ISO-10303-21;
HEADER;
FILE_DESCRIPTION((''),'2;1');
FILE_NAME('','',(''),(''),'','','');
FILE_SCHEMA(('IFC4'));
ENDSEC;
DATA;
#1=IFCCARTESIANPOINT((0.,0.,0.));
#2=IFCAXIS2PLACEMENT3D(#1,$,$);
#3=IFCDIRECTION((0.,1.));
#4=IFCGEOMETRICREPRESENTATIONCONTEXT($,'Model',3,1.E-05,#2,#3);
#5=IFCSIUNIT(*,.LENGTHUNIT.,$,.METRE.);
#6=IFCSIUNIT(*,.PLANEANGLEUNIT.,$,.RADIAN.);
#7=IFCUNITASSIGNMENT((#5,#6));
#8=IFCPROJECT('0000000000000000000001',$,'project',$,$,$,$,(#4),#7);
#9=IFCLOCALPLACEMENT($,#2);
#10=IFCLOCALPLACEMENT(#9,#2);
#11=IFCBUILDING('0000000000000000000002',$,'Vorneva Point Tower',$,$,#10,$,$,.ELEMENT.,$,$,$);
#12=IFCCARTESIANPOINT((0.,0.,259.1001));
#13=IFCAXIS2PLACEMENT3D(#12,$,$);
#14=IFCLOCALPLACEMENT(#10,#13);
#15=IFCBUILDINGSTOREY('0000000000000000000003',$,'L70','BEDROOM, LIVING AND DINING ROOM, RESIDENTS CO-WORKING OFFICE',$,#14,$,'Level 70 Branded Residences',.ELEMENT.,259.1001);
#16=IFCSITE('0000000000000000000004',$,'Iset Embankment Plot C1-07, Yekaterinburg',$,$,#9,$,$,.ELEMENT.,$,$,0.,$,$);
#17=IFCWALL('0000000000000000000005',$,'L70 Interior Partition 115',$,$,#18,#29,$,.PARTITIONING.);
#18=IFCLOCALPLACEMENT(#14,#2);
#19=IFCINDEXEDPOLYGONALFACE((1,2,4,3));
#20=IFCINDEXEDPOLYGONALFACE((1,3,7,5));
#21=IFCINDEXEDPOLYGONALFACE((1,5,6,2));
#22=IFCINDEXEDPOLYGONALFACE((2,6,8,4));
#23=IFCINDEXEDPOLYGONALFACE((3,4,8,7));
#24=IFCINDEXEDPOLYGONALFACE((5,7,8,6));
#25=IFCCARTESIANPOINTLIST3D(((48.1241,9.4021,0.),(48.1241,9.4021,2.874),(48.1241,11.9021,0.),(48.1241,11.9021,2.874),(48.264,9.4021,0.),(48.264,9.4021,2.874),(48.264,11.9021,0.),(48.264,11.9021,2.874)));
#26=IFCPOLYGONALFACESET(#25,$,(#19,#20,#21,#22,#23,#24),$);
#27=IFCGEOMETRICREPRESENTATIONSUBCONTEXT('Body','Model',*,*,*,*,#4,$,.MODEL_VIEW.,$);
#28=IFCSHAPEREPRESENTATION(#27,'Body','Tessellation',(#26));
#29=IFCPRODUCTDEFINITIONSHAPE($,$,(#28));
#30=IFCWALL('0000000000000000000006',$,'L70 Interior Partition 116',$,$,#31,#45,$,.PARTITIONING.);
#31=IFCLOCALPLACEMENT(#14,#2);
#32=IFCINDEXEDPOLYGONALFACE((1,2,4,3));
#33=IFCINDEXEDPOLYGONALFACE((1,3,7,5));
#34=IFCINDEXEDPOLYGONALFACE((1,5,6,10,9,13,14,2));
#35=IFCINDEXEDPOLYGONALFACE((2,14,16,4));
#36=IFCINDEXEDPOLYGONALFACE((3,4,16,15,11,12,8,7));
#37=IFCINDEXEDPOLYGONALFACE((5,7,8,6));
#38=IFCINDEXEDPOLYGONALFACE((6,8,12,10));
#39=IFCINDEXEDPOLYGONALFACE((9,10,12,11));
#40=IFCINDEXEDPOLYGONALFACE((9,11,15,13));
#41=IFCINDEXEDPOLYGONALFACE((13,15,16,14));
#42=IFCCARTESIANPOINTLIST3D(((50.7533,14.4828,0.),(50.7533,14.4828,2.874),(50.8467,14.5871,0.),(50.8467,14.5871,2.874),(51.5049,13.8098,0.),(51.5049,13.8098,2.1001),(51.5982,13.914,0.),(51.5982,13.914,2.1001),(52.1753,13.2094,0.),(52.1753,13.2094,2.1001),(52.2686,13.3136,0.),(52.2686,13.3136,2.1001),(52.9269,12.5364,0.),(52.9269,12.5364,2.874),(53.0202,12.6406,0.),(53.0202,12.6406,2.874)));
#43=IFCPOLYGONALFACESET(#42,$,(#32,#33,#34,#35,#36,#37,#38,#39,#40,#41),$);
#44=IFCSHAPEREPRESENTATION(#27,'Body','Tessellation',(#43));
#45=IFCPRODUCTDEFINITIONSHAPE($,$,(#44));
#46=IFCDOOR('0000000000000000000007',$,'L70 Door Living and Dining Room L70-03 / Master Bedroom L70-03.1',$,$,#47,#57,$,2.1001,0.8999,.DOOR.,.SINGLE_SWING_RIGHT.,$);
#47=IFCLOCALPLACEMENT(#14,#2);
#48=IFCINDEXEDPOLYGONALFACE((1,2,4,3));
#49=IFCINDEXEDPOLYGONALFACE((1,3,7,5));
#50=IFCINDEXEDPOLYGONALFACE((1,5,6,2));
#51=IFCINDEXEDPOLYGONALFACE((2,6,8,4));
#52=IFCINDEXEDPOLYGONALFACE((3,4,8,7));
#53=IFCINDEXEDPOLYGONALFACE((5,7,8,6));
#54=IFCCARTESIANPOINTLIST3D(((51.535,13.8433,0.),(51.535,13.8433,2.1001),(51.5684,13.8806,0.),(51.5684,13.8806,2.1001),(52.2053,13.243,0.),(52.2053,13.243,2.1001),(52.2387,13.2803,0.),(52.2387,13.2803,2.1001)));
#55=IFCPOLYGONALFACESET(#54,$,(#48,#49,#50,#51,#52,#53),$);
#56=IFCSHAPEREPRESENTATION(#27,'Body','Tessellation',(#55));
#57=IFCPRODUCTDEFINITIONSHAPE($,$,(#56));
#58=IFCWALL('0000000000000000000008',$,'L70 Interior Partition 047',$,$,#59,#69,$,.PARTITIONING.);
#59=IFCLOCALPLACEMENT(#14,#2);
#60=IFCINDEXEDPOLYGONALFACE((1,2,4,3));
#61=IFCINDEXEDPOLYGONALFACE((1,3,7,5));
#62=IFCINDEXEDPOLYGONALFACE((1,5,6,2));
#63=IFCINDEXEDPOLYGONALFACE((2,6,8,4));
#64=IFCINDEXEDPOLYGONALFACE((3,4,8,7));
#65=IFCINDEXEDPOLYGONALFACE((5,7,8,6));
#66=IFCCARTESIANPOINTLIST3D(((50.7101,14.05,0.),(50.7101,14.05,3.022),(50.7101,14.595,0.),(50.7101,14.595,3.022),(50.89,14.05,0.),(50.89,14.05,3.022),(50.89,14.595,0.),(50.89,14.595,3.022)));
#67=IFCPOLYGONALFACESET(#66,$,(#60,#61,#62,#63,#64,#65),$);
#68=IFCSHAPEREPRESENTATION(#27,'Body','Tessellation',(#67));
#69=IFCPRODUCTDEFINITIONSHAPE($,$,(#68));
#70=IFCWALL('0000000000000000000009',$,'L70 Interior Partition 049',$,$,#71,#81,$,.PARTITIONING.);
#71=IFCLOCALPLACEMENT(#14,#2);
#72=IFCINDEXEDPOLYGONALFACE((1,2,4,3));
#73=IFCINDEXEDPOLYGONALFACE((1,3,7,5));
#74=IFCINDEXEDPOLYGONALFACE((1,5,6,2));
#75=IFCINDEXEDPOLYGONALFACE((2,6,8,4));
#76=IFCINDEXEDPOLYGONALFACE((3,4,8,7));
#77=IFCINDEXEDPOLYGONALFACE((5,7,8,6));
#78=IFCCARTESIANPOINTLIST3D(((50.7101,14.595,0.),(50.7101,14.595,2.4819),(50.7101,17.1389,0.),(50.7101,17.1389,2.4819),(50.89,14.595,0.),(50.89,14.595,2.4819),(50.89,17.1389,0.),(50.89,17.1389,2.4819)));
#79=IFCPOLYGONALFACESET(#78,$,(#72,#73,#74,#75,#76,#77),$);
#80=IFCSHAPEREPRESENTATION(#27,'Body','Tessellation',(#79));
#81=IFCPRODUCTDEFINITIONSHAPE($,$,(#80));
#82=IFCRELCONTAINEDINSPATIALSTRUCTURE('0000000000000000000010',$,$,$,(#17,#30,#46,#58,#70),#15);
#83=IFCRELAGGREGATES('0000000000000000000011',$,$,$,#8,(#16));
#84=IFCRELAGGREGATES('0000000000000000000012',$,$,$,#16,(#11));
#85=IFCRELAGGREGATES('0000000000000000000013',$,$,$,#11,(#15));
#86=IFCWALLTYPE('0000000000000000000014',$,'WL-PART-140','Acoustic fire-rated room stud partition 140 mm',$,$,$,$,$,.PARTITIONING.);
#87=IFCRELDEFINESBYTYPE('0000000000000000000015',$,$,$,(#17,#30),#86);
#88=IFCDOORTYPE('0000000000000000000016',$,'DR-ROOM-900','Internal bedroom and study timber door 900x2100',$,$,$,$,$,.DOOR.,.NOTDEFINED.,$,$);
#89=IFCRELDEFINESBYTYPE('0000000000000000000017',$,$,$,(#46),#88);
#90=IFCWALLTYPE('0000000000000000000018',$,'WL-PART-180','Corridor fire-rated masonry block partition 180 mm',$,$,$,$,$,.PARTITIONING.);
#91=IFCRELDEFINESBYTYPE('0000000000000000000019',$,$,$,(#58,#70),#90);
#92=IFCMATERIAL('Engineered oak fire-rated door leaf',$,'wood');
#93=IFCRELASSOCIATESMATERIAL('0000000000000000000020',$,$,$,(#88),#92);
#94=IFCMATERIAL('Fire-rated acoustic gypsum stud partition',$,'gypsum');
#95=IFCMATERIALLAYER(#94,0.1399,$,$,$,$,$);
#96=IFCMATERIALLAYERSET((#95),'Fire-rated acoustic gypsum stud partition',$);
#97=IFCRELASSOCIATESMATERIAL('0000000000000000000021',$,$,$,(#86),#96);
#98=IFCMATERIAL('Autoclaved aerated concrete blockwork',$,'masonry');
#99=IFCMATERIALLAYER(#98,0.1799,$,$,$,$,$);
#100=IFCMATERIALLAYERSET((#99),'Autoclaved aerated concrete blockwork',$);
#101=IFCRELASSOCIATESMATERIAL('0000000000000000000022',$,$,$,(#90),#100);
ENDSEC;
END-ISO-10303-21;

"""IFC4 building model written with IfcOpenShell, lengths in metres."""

from ifc_helpers import new_model, si_unit, direction, frame, frame_2d, origin, place, context, subcontext, project, spatial, rectangle, extrude, material, layer, layer_set, type_object, element, fill, save


model = new_model("IFC4")

# Units and contexts
model_context = context("Model", 3, precision=1e-05, world=origin(), true_north=direction((0.0, 1.0)))
body_context = subcontext(model_context, "Body", "Model", "MODEL_VIEW")
ifc_project = project(units=[si_unit("LENGTHUNIT", "METRE"), si_unit("PLANEANGLEUNIT", "RADIAN")], contexts=[model_context])

# Site, building, storey
site_placement = place(None, origin())
site = spatial("IfcSite", under=ifc_project, at=site_placement, Name="Iset Embankment Plot C1-07, Yekaterinburg", CompositionType="ELEMENT", RefElevation=0.0)
building_placement = place(site_placement, origin())
building = spatial("IfcBuilding", under=site, at=building_placement, Name="Vorneva Point Tower", CompositionType="ELEMENT")
storey_placement = place(building_placement, frame((0.0, 0.0, 259.1001)))
storey = spatial("IfcBuildingStorey", under=building, at=storey_placement, Name="L70", Description="BEDROOM, LIVING AND DINING ROOM, RESIDENTS CO-WORKING OFFICE", LongName="Level 70 Branded Residences", CompositionType="ELEMENT", Elevation=259.1001)

# Shared definitions
ifc_material_1 = material(Name="Fire-rated acoustic gypsum stud partition", Category="gypsum")
ifc_material_2 = material(Name="Engineered oak fire-rated door leaf", Category="wood")
door_type = type_object("IfcDoorType", Name="DR-ROOM-900", Description="Internal bedroom and study timber door 900x2100", OperationType="NOTDEFINED", PredefinedType="DOOR", material=ifc_material_2)

# Shared definitions
ifc_layer_1 = layer(ifc_material_1, 0.1399)
ifc_layer_set_1 = layer_set([ifc_layer_1], Name="Fire-rated acoustic gypsum stud partition")
wall_type_1 = type_object("IfcWallType", Name="WL-PART-140", Description="Acoustic fire-rated room stud partition 140 mm", PredefinedType="PARTITIONING", material=ifc_layer_set_1)

# Wall
wall_1_placement = place(storey_placement, frame((48.1941, 9.4021, 0.0), z_axis=(0.0, 0.0, 1.0), x_axis=(0.0, 1.0, 0.0)))
element("IfcWall", 1, at=wall_1_placement, inside=storey, type_object=wall_type_1, Name="L70 Interior Partition 115", PredefinedType="PARTITIONING", context=body_context, shape_type="SweptSolid", body=[
    extrude(rectangle(XDim=2.5, YDim=0.1399, at=frame_2d((1.25, 0.0))), origin(), (0.0, 0.0, 1.0), 2.874),
])

# Wall, opening, door
wall_2_placement = place(storey_placement, frame((52.9736, 12.5884, 0.0), z_axis=(0.0, 0.0, 1.0), x_axis=(-0.744944, 0.667127, 0.0)))
wall_2 = element("IfcWall", 2, at=wall_2_placement, inside=storey, type_object=wall_type_1, Name="L70 Interior Partition 116", PredefinedType="PARTITIONING", context=body_context, shape_type="SweptSolid", body=[
    extrude(rectangle(XDim=2.9177, YDim=0.1399, at=frame_2d((1.459, 0.0))), origin(), (0.0, 0.0, 1.0), 2.874),
])
opening_1_placement = place(wall_2_placement, frame((1.009, 0.0, 0.0)))
opening_1 = element("IfcOpeningElement", 3, at=opening_1_placement, cuts=wall_2, PredefinedType="OPENING", context=body_context, shape_type="SweptSolid", body=[
    extrude(rectangle(XDim=0.8999, YDim=2.1001, at=frame_2d((0.45, 1.05))), frame((0.0, 0.085, 0.0), z_axis=(0.0, -1.0, 0.0), x_axis=(1.0, 0.0, 0.0)), (0.0, 0.0, 1.0), 0.1697),
])
door_1_placement = place(opening_1_placement, origin())
door_1 = element("IfcDoor", 4, at=door_1_placement, inside=storey, type_object=door_type, Name="L70 Door Living and Dining Room L70-03 / Master Bedroom L70-03.1", OperationType="SINGLE_SWING_RIGHT", OverallHeight=2.1001, OverallWidth=0.8999, PredefinedType="DOOR", context=body_context, shape_type="SweptSolid", body=[
    extrude(rectangle(XDim=0.8999, YDim=2.1001, at=frame_2d((0.45, 1.05))), frame((0.0, 0.0249, 0.0), z_axis=(0.0, -1.0, 0.0), x_axis=(1.0, 0.0, 0.0)), (0.0, 0.0, 1.0), 0.05),
])
fill(opening_1, door_1)

# Walls
ifc_material_3 = material(Name="Autoclaved aerated concrete blockwork", Category="masonry")
ifc_layer_2 = layer(ifc_material_3, 0.1799)
ifc_layer_set_2 = layer_set([ifc_layer_2], Name="Autoclaved aerated concrete blockwork")
wall_type_2 = type_object("IfcWallType", Name="WL-PART-180", Description="Corridor fire-rated masonry block partition 180 mm", PredefinedType="PARTITIONING", material=ifc_layer_set_2)
wall_3_placement = place(storey_placement, frame((50.8, 14.05, 0.0), z_axis=(0.0, 0.0, 1.0), x_axis=(0.0, 1.0, 0.0)))
element("IfcWall", 5, at=wall_3_placement, inside=storey, type_object=wall_type_2, Name="L70 Interior Partition 047", PredefinedType="PARTITIONING", context=body_context, shape_type="SweptSolid", body=[
    extrude(rectangle(XDim=0.5449, YDim=0.1799, at=frame_2d((0.2725, 0.0))), origin(), (0.0, 0.0, 1.0), 3.022),
])
wall_4_placement = place(storey_placement, frame((50.8, 14.595, 0.0), z_axis=(0.0, 0.0, 1.0), x_axis=(0.0, 1.0, 0.0)))
element("IfcWall", 6, at=wall_4_placement, inside=storey, type_object=wall_type_2, Name="L70 Interior Partition 049", PredefinedType="PARTITIONING", context=body_context, shape_type="SweptSolid", body=[
    extrude(rectangle(XDim=2.5439, YDim=0.1799, at=frame_2d((1.272, 0.0))), origin(), (0.0, 0.0, 1.0), 2.4819),
])

save(model, "model.ifc")
